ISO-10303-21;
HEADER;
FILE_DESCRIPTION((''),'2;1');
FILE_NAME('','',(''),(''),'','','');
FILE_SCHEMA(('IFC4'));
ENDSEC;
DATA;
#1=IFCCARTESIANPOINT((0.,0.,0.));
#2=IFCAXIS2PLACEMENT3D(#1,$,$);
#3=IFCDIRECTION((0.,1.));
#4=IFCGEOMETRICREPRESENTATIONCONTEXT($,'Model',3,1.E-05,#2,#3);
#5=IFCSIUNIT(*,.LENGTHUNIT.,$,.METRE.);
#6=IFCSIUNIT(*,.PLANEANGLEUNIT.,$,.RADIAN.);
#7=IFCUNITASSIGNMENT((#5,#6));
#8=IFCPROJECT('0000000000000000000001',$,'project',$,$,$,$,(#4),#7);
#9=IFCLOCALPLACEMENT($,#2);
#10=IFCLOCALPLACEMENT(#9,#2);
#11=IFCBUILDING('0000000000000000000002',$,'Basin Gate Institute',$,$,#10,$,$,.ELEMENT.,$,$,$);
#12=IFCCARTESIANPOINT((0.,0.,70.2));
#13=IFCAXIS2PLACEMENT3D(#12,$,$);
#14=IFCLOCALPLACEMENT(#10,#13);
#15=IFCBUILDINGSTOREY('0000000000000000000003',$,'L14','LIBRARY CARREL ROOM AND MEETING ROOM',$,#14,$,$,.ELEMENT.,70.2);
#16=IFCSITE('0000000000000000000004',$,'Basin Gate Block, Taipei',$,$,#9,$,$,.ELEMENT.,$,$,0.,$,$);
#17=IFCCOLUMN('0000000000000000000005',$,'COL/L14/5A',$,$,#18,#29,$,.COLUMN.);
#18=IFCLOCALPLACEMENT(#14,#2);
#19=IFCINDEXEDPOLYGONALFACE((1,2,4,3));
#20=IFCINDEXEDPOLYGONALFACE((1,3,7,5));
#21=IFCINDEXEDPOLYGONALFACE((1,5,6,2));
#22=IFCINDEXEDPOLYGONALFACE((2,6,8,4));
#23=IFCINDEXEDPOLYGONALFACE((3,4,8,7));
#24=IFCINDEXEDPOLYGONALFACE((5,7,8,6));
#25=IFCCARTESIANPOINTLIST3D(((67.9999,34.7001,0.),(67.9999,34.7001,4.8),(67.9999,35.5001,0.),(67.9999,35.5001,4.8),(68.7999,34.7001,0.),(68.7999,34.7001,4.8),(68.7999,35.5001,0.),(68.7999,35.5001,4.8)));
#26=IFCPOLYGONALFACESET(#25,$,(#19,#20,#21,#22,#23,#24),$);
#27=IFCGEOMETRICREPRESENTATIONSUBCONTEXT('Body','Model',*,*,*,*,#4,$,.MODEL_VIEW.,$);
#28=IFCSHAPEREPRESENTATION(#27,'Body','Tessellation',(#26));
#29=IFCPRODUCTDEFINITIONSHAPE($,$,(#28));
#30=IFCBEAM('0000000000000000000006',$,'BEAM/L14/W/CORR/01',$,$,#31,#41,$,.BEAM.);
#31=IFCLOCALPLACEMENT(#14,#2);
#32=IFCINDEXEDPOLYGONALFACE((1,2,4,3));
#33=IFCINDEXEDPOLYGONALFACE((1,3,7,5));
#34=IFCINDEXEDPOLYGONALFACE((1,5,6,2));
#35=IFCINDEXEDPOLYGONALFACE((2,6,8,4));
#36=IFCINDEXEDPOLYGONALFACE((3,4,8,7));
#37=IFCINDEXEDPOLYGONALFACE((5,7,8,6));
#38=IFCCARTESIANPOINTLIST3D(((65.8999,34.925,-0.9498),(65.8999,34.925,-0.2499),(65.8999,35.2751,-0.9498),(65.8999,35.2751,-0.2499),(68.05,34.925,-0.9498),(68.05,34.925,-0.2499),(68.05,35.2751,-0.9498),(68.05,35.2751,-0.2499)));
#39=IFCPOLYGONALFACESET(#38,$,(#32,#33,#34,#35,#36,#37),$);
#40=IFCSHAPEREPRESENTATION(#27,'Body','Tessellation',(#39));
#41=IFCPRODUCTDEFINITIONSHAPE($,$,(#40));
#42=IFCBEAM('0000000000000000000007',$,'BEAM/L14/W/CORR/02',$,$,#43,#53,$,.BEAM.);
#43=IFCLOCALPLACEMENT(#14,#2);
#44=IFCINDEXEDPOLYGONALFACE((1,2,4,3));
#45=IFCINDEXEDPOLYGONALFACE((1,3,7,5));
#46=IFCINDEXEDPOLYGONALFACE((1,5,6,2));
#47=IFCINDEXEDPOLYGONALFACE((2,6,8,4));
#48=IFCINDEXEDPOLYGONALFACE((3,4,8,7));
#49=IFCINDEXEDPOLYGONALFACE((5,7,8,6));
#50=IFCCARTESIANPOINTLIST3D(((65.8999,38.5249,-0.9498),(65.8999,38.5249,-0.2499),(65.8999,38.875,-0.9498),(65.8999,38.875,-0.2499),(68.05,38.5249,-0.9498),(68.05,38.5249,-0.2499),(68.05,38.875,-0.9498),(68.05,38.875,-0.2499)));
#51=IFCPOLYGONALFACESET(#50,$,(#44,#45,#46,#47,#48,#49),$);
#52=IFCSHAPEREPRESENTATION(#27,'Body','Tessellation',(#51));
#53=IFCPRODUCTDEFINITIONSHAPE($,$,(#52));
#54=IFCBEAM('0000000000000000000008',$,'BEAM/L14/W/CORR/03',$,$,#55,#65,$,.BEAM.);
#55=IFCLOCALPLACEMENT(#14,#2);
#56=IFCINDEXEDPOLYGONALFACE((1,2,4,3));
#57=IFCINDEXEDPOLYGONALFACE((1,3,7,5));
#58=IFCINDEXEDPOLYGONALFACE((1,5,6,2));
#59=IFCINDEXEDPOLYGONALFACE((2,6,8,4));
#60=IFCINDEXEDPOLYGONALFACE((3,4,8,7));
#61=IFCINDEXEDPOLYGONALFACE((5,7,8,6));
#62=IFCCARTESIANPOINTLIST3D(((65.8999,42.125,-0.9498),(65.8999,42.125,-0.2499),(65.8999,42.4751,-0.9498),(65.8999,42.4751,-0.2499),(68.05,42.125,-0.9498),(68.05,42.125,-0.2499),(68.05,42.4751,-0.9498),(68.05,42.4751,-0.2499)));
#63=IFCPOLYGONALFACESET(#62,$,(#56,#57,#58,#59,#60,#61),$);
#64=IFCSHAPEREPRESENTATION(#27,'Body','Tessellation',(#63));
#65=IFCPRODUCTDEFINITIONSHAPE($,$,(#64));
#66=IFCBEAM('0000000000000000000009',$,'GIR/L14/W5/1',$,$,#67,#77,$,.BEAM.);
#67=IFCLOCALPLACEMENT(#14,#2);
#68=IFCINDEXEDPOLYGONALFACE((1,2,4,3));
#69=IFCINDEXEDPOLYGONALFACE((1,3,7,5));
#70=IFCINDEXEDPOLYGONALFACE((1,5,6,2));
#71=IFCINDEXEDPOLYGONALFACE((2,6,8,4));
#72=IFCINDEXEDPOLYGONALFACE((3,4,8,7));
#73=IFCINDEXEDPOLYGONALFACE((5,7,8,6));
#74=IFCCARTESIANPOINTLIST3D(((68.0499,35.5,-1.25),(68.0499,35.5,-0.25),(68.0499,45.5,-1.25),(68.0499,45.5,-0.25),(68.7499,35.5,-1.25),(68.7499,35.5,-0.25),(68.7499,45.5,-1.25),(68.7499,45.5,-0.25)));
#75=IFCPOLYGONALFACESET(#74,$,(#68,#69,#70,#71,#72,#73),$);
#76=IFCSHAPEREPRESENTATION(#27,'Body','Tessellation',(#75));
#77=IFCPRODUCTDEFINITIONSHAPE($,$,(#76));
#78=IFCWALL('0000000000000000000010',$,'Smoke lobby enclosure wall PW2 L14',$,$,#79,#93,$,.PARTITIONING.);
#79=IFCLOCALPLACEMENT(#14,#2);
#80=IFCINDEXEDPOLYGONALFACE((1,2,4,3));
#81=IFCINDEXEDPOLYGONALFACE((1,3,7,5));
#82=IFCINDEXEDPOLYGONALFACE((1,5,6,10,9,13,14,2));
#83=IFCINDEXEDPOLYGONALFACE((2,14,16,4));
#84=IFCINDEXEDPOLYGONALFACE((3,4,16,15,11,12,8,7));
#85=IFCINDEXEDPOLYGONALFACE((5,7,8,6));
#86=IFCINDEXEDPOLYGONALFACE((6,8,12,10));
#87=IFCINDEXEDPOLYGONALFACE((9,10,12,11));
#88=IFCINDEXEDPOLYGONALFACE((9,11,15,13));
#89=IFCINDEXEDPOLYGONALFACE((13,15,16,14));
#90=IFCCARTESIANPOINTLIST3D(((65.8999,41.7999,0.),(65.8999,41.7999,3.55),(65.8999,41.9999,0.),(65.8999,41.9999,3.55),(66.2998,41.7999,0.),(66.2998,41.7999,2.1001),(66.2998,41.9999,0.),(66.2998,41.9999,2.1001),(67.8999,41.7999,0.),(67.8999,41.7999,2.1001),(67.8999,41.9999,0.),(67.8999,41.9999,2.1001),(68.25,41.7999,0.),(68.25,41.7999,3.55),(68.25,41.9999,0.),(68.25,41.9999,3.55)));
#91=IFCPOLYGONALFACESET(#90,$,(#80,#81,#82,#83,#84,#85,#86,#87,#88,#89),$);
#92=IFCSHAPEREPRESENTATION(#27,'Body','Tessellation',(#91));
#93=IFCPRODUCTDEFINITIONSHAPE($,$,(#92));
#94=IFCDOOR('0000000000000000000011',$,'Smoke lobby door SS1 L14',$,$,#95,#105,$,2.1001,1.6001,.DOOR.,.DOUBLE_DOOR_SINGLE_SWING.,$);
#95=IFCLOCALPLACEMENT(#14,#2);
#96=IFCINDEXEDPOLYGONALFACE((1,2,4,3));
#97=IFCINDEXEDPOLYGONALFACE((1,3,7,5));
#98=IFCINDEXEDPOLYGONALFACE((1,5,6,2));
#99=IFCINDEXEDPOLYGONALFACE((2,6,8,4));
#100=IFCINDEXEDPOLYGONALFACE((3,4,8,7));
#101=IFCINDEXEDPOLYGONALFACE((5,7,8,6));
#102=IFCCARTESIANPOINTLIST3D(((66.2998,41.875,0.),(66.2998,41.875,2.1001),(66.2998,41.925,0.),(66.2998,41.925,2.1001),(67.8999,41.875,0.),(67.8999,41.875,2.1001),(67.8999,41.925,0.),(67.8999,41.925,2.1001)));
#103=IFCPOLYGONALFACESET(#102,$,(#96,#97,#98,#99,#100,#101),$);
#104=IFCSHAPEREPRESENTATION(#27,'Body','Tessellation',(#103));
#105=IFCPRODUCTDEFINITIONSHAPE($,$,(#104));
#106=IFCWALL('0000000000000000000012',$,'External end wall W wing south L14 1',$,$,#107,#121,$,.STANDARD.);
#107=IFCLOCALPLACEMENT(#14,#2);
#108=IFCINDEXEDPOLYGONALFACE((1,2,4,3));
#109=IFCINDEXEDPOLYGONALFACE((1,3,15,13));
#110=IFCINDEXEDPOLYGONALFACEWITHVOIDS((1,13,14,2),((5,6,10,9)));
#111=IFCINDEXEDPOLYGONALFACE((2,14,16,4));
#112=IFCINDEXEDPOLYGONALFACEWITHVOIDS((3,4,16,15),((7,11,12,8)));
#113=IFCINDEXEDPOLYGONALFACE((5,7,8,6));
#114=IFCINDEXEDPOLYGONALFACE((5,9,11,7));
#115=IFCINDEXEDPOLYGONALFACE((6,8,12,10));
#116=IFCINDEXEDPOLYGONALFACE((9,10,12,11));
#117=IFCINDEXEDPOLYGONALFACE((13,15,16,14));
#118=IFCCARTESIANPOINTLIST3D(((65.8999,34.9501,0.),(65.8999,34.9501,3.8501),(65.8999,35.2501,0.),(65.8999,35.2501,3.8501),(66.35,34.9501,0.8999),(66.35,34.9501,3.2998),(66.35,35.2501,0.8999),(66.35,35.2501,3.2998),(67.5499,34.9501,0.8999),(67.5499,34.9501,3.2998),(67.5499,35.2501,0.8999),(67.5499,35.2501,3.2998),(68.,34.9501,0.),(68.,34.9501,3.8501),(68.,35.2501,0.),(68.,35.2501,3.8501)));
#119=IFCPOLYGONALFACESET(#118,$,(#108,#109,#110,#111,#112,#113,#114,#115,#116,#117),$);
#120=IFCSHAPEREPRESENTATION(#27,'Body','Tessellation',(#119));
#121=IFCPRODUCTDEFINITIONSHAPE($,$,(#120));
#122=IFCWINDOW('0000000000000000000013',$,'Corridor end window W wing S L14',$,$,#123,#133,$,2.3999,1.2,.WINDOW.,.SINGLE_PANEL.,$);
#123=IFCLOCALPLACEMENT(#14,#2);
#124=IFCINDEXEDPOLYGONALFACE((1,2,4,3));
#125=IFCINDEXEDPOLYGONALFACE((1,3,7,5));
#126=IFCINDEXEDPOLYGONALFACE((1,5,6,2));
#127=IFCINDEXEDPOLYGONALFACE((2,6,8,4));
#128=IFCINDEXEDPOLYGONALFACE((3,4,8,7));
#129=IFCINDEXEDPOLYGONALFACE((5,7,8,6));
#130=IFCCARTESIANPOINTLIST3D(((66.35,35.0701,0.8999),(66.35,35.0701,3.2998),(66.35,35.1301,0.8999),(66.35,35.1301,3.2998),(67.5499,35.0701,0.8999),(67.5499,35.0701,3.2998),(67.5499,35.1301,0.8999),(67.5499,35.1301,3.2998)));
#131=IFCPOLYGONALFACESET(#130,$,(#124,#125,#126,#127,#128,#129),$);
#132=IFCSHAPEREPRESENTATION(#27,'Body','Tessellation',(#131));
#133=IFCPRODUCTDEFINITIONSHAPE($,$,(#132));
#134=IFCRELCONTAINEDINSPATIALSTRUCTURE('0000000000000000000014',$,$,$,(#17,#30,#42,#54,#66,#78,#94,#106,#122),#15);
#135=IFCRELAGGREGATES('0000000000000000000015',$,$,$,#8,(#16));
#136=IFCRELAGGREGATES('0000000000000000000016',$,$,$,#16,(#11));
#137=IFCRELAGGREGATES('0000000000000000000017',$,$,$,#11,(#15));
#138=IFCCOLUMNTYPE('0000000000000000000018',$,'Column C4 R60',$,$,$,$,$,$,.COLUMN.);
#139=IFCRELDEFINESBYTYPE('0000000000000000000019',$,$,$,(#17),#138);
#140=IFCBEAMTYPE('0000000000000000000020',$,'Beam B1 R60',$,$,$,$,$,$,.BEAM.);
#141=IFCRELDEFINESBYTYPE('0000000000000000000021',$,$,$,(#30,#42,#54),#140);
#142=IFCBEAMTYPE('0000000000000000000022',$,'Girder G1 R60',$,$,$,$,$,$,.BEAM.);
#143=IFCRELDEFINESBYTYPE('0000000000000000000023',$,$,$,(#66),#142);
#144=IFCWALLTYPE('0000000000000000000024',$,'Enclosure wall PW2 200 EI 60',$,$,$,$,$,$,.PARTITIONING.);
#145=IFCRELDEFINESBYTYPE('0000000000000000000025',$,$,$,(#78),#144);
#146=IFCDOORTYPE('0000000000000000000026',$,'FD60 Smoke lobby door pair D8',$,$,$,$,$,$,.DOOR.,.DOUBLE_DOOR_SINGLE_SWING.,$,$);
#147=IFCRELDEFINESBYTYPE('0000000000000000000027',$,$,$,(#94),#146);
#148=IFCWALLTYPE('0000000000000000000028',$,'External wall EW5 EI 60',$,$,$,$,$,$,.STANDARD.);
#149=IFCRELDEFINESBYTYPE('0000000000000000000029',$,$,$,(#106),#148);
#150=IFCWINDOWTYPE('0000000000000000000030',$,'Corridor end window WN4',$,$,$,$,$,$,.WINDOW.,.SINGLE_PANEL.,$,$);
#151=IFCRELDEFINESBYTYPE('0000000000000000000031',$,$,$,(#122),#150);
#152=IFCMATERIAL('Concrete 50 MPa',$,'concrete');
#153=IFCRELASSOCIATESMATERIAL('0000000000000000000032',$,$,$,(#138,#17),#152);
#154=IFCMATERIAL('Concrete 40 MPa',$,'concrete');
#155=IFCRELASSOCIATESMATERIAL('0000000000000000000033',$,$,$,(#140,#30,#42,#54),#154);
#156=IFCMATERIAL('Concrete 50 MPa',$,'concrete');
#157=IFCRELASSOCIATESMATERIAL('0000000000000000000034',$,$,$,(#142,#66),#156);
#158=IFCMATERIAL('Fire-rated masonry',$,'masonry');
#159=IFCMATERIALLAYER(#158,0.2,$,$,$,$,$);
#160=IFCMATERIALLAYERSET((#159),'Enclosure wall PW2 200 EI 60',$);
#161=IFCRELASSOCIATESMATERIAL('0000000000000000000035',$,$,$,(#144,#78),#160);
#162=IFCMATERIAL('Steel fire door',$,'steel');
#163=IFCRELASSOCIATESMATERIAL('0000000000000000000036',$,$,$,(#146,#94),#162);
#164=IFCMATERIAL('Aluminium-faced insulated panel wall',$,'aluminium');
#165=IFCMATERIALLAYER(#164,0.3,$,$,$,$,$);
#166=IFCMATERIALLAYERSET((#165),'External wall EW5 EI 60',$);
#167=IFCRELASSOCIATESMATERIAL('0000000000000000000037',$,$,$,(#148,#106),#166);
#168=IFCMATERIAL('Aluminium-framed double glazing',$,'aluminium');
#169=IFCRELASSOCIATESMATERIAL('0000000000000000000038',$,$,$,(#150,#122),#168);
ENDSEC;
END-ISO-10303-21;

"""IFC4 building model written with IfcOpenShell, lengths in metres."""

from ifc_helpers import new_model, si_unit, direction, frame, frame_2d, origin, origin_2d, place, context, subcontext, project, spatial, rectangle, extrude, material, layer, layer_set, material_profile, profile_set, type_object, element, fill, save


model = new_model("IFC4")

# Units and contexts
model_context = context("Model", 3, precision=1e-05, world=origin(), true_north=direction((0.0, 1.0)))
body_context = subcontext(model_context, "Body", "Model", "MODEL_VIEW")
ifc_project = project(units=[si_unit("LENGTHUNIT", "METRE"), si_unit("PLANEANGLEUNIT", "RADIAN")], contexts=[model_context])

# Site, building, storey
site_placement = place(None, origin())
site = spatial("IfcSite", under=ifc_project, at=site_placement, Name="Basin Gate Block, Taipei", CompositionType="ELEMENT", RefElevation=0.0)
building_placement = place(site_placement, origin())
building = spatial("IfcBuilding", under=site, at=building_placement, Name="Basin Gate Institute", CompositionType="ELEMENT")
storey_placement = place(building_placement, frame((0.0, 0.0, 70.2)))
storey = spatial("IfcBuildingStorey", under=building, at=storey_placement, Name="L14", Description="LIBRARY CARREL ROOM AND MEETING ROOM", CompositionType="ELEMENT", Elevation=70.2)

# Column
ifc_material_1 = material(Name="Concrete 50 MPa", Category="concrete")
ifc_material_profile_1 = material_profile(ifc_material_1, rectangle(XDim=0.8, YDim=0.8, at=origin_2d()), Name="Column C4 800 x 800")
ifc_profile_set_1 = profile_set([ifc_material_profile_1], Name="Concrete 50 MPa")
column_type = type_object("IfcColumnType", Name="Column C4 R60", PredefinedType="COLUMN", material=ifc_profile_set_1)
column_placement = place(storey_placement, frame((68.3999, 35.1001, 0.0), z_axis=(0.0, 0.0, 1.0), x_axis=(1.0, 0.0, 0.0)))
element("IfcColumn", 1, at=column_placement, inside=storey, type_object=column_type, material=ifc_profile_set_1, Name="COL/L14/5A", PredefinedType="COLUMN", context=body_context, shape_type="SweptSolid", body=[
    extrude(rectangle(XDim=0.8, YDim=0.8, at=origin_2d()), origin(), (0.0, 0.0, 1.0), 4.8),
])

# Beams
ifc_material_2 = material(Name="Concrete 40 MPa", Category="concrete")
ifc_material_profile_2 = material_profile(ifc_material_2, rectangle(XDim=0.3501, YDim=0.7, at=origin_2d()), Name="Beam B1 350 x 700")
ifc_profile_set_2 = profile_set([ifc_material_profile_2], Name="Concrete 40 MPa")
beam_type_1 = type_object("IfcBeamType", Name="Beam B1 R60", PredefinedType="BEAM", material=ifc_profile_set_2)
for number, where, z_axis, x_axis, name in (
    (2, (65.8999, 35.1001, -0.5999), (1.0, 0.0, 0.0), (0.0, 1.0, 0.0), "BEAM/L14/W/CORR/01"),
    (3, (65.8999, 38.7, -0.5999), (1.0, 0.0, 0.0), (0.0, 1.0, 0.0), "BEAM/L14/W/CORR/02"),
    (4, (65.8999, 42.3, -0.5999), (1.0, 0.0, 0.0), (0.0, 1.0, 0.0), "BEAM/L14/W/CORR/03"),
):
    element("IfcBeam", number, at=place(storey_placement, frame(where, z_axis=z_axis, x_axis=x_axis)), inside=storey, type_object=beam_type_1, material=ifc_profile_set_2, Name=name, PredefinedType="BEAM", context=body_context, shape_type="SweptSolid", body=[
        extrude(rectangle(XDim=0.3501, YDim=0.7, at=origin_2d()), origin(), (0.0, 0.0, 1.0), 2.1501),
    ])
ifc_material_3 = material(Name="Concrete 50 MPa", Category="concrete")
ifc_material_profile_3 = material_profile(ifc_material_3, rectangle(XDim=0.7, YDim=1.0, at=origin_2d()), Name="Girder G1 700 x 1000")
ifc_profile_set_3 = profile_set([ifc_material_profile_3], Name="Concrete 50 MPa")
beam_type_2 = type_object("IfcBeamType", Name="Girder G1 R60", PredefinedType="BEAM", material=ifc_profile_set_3)
beam_placement = place(storey_placement, frame((68.3999, 35.5, -0.75), z_axis=(0.0, 1.0, 0.0), x_axis=(-1.0, 0.0, 0.0)))
element("IfcBeam", 5, at=beam_placement, inside=storey, type_object=beam_type_2, material=ifc_profile_set_3, Name="GIR/L14/W5/1", PredefinedType="BEAM", context=body_context, shape_type="SweptSolid", body=[
    extrude(rectangle(XDim=0.7, YDim=1.0, at=origin_2d()), origin(), (0.0, 0.0, 1.0), 10.0),
])

# Wall, opening, door
ifc_material_4 = material(Name="Fire-rated masonry", Category="masonry")
ifc_layer_1 = layer(ifc_material_4, 0.2)
ifc_layer_set_1 = layer_set([ifc_layer_1], Name="Enclosure wall PW2 200 EI 60")
wall_type_1 = type_object("IfcWallType", Name="Enclosure wall PW2 200 EI 60", PredefinedType="PARTITIONING", material=ifc_layer_set_1)
wall_1_placement = place(storey_placement, frame((65.8999, 41.8999, 0.0), z_axis=(0.0, 0.0, 1.0), x_axis=(1.0, 0.0, 0.0)))
wall_1 = element("IfcWall", 6, at=wall_1_placement, inside=storey, type_object=wall_type_1, material=ifc_layer_set_1, Name="Smoke lobby enclosure wall PW2 L14", PredefinedType="PARTITIONING", context=body_context, shape_type="SweptSolid", body=[
    extrude(rectangle(XDim=2.3501, YDim=0.2, at=frame_2d((1.175, 0.0))), origin(), (0.0, 0.0, 1.0), 3.55),
])
opening_1_placement = place(wall_1_placement, frame((0.3999, 0.0, 0.0)))
opening_1 = element("IfcOpeningElement", 7, at=opening_1_placement, cuts=wall_1, PredefinedType="OPENING", context=body_context, shape_type="SweptSolid", body=[
    extrude(rectangle(XDim=1.6001, YDim=2.1001, at=frame_2d((0.8, 1.05))), frame((0.0, 0.1099, 0.0), z_axis=(0.0, -1.0, 0.0), x_axis=(1.0, 0.0, 0.0)), (0.0, 0.0, 1.0), 0.22),
])
ifc_material_5 = material(Name="Steel fire door", Category="steel")
door_type_1 = type_object("IfcDoorType", Name="FD60 Smoke lobby door pair D8", OperationType="DOUBLE_DOOR_SINGLE_SWING", PredefinedType="DOOR", material=ifc_material_5)
door_1_placement = place(opening_1_placement, frame((1.6001, 0.0, 0.0), z_axis=(0.0, 0.0, 1.0), x_axis=(-1.0, 0.0, 0.0)))
door_1 = element("IfcDoor", 8, at=door_1_placement, inside=storey, type_object=door_type_1, material=ifc_material_5, Name="Smoke lobby door SS1 L14", OperationType="DOUBLE_DOOR_SINGLE_SWING", OverallHeight=2.1001, OverallWidth=1.6001, PredefinedType="DOOR", context=body_context, shape_type="SweptSolid", body=[
    extrude(rectangle(XDim=1.6001, YDim=2.1001, at=frame_2d((0.8, 1.05))), frame((0.0, 0.0249, 0.0), z_axis=(0.0, -1.0, 0.0), x_axis=(1.0, 0.0, 0.0)), (0.0, 0.0, 1.0), 0.05),
])
fill(opening_1, door_1)

# Wall, opening, window
ifc_material_6 = material(Name="Aluminium-faced insulated panel wall", Category="aluminium")
ifc_layer_2 = layer(ifc_material_6, 0.3)
ifc_layer_set_2 = layer_set([ifc_layer_2], Name="External wall EW5 EI 60")
wall_type_2 = type_object("IfcWallType", Name="External wall EW5 EI 60", PredefinedType="STANDARD", material=ifc_layer_set_2)
wall_2_placement = place(storey_placement, frame((65.8999, 35.1001, 0.0), z_axis=(0.0, 0.0, 1.0), x_axis=(1.0, 0.0, 0.0)))
wall_2 = element("IfcWall", 9, at=wall_2_placement, inside=storey, type_object=wall_type_2, material=ifc_layer_set_2, Name="External end wall W wing south L14 1", PredefinedType="STANDARD", context=body_context, shape_type="SweptSolid", body=[
    extrude(rectangle(XDim=2.1001, YDim=0.3, at=frame_2d((1.05, 0.0))), origin(), (0.0, 0.0, 1.0), 3.8501),
])
opening_2_placement = place(wall_2_placement, frame((0.45, 0.0, 0.8999)))
opening_2 = element("IfcOpeningElement", 10, at=opening_2_placement, cuts=wall_2, PredefinedType="OPENING", context=body_context, shape_type="SweptSolid", body=[
    extrude(rectangle(XDim=1.2, YDim=2.3999, at=frame_2d((0.6001, 1.2))), frame((0.0, 0.1602, 0.0), z_axis=(0.0, -1.0, 0.0), x_axis=(1.0, 0.0, 0.0)), (0.0, 0.0, 1.0), 0.3201),
])
ifc_material_7 = material(Name="Aluminium-framed double glazing", Category="aluminium")
window_type_1 = type_object("IfcWindowType", Name="Corridor end window WN4", PartitioningType="SINGLE_PANEL", PredefinedType="WINDOW", material=ifc_material_7)
window_1_placement = place(opening_2_placement, origin())
window_1 = element("IfcWindow", 11, at=window_1_placement, inside=storey, type_object=window_type_1, material=ifc_material_7, Name="Corridor end window W wing S L14", OverallHeight=2.3999, OverallWidth=1.2, PartitioningType="SINGLE_PANEL", PredefinedType="WINDOW", context=body_context, shape_type="SweptSolid", body=[
    extrude(rectangle(XDim=1.2, YDim=2.3999, at=frame_2d((0.6001, 1.2))), frame((0.0, 0.03, 0.0), z_axis=(0.0, -1.0, 0.0), x_axis=(1.0, 0.0, 0.0)), (0.0, 0.0, 1.0), 0.0601),
])
fill(opening_2, window_1)

save(model, "model.ifc")
